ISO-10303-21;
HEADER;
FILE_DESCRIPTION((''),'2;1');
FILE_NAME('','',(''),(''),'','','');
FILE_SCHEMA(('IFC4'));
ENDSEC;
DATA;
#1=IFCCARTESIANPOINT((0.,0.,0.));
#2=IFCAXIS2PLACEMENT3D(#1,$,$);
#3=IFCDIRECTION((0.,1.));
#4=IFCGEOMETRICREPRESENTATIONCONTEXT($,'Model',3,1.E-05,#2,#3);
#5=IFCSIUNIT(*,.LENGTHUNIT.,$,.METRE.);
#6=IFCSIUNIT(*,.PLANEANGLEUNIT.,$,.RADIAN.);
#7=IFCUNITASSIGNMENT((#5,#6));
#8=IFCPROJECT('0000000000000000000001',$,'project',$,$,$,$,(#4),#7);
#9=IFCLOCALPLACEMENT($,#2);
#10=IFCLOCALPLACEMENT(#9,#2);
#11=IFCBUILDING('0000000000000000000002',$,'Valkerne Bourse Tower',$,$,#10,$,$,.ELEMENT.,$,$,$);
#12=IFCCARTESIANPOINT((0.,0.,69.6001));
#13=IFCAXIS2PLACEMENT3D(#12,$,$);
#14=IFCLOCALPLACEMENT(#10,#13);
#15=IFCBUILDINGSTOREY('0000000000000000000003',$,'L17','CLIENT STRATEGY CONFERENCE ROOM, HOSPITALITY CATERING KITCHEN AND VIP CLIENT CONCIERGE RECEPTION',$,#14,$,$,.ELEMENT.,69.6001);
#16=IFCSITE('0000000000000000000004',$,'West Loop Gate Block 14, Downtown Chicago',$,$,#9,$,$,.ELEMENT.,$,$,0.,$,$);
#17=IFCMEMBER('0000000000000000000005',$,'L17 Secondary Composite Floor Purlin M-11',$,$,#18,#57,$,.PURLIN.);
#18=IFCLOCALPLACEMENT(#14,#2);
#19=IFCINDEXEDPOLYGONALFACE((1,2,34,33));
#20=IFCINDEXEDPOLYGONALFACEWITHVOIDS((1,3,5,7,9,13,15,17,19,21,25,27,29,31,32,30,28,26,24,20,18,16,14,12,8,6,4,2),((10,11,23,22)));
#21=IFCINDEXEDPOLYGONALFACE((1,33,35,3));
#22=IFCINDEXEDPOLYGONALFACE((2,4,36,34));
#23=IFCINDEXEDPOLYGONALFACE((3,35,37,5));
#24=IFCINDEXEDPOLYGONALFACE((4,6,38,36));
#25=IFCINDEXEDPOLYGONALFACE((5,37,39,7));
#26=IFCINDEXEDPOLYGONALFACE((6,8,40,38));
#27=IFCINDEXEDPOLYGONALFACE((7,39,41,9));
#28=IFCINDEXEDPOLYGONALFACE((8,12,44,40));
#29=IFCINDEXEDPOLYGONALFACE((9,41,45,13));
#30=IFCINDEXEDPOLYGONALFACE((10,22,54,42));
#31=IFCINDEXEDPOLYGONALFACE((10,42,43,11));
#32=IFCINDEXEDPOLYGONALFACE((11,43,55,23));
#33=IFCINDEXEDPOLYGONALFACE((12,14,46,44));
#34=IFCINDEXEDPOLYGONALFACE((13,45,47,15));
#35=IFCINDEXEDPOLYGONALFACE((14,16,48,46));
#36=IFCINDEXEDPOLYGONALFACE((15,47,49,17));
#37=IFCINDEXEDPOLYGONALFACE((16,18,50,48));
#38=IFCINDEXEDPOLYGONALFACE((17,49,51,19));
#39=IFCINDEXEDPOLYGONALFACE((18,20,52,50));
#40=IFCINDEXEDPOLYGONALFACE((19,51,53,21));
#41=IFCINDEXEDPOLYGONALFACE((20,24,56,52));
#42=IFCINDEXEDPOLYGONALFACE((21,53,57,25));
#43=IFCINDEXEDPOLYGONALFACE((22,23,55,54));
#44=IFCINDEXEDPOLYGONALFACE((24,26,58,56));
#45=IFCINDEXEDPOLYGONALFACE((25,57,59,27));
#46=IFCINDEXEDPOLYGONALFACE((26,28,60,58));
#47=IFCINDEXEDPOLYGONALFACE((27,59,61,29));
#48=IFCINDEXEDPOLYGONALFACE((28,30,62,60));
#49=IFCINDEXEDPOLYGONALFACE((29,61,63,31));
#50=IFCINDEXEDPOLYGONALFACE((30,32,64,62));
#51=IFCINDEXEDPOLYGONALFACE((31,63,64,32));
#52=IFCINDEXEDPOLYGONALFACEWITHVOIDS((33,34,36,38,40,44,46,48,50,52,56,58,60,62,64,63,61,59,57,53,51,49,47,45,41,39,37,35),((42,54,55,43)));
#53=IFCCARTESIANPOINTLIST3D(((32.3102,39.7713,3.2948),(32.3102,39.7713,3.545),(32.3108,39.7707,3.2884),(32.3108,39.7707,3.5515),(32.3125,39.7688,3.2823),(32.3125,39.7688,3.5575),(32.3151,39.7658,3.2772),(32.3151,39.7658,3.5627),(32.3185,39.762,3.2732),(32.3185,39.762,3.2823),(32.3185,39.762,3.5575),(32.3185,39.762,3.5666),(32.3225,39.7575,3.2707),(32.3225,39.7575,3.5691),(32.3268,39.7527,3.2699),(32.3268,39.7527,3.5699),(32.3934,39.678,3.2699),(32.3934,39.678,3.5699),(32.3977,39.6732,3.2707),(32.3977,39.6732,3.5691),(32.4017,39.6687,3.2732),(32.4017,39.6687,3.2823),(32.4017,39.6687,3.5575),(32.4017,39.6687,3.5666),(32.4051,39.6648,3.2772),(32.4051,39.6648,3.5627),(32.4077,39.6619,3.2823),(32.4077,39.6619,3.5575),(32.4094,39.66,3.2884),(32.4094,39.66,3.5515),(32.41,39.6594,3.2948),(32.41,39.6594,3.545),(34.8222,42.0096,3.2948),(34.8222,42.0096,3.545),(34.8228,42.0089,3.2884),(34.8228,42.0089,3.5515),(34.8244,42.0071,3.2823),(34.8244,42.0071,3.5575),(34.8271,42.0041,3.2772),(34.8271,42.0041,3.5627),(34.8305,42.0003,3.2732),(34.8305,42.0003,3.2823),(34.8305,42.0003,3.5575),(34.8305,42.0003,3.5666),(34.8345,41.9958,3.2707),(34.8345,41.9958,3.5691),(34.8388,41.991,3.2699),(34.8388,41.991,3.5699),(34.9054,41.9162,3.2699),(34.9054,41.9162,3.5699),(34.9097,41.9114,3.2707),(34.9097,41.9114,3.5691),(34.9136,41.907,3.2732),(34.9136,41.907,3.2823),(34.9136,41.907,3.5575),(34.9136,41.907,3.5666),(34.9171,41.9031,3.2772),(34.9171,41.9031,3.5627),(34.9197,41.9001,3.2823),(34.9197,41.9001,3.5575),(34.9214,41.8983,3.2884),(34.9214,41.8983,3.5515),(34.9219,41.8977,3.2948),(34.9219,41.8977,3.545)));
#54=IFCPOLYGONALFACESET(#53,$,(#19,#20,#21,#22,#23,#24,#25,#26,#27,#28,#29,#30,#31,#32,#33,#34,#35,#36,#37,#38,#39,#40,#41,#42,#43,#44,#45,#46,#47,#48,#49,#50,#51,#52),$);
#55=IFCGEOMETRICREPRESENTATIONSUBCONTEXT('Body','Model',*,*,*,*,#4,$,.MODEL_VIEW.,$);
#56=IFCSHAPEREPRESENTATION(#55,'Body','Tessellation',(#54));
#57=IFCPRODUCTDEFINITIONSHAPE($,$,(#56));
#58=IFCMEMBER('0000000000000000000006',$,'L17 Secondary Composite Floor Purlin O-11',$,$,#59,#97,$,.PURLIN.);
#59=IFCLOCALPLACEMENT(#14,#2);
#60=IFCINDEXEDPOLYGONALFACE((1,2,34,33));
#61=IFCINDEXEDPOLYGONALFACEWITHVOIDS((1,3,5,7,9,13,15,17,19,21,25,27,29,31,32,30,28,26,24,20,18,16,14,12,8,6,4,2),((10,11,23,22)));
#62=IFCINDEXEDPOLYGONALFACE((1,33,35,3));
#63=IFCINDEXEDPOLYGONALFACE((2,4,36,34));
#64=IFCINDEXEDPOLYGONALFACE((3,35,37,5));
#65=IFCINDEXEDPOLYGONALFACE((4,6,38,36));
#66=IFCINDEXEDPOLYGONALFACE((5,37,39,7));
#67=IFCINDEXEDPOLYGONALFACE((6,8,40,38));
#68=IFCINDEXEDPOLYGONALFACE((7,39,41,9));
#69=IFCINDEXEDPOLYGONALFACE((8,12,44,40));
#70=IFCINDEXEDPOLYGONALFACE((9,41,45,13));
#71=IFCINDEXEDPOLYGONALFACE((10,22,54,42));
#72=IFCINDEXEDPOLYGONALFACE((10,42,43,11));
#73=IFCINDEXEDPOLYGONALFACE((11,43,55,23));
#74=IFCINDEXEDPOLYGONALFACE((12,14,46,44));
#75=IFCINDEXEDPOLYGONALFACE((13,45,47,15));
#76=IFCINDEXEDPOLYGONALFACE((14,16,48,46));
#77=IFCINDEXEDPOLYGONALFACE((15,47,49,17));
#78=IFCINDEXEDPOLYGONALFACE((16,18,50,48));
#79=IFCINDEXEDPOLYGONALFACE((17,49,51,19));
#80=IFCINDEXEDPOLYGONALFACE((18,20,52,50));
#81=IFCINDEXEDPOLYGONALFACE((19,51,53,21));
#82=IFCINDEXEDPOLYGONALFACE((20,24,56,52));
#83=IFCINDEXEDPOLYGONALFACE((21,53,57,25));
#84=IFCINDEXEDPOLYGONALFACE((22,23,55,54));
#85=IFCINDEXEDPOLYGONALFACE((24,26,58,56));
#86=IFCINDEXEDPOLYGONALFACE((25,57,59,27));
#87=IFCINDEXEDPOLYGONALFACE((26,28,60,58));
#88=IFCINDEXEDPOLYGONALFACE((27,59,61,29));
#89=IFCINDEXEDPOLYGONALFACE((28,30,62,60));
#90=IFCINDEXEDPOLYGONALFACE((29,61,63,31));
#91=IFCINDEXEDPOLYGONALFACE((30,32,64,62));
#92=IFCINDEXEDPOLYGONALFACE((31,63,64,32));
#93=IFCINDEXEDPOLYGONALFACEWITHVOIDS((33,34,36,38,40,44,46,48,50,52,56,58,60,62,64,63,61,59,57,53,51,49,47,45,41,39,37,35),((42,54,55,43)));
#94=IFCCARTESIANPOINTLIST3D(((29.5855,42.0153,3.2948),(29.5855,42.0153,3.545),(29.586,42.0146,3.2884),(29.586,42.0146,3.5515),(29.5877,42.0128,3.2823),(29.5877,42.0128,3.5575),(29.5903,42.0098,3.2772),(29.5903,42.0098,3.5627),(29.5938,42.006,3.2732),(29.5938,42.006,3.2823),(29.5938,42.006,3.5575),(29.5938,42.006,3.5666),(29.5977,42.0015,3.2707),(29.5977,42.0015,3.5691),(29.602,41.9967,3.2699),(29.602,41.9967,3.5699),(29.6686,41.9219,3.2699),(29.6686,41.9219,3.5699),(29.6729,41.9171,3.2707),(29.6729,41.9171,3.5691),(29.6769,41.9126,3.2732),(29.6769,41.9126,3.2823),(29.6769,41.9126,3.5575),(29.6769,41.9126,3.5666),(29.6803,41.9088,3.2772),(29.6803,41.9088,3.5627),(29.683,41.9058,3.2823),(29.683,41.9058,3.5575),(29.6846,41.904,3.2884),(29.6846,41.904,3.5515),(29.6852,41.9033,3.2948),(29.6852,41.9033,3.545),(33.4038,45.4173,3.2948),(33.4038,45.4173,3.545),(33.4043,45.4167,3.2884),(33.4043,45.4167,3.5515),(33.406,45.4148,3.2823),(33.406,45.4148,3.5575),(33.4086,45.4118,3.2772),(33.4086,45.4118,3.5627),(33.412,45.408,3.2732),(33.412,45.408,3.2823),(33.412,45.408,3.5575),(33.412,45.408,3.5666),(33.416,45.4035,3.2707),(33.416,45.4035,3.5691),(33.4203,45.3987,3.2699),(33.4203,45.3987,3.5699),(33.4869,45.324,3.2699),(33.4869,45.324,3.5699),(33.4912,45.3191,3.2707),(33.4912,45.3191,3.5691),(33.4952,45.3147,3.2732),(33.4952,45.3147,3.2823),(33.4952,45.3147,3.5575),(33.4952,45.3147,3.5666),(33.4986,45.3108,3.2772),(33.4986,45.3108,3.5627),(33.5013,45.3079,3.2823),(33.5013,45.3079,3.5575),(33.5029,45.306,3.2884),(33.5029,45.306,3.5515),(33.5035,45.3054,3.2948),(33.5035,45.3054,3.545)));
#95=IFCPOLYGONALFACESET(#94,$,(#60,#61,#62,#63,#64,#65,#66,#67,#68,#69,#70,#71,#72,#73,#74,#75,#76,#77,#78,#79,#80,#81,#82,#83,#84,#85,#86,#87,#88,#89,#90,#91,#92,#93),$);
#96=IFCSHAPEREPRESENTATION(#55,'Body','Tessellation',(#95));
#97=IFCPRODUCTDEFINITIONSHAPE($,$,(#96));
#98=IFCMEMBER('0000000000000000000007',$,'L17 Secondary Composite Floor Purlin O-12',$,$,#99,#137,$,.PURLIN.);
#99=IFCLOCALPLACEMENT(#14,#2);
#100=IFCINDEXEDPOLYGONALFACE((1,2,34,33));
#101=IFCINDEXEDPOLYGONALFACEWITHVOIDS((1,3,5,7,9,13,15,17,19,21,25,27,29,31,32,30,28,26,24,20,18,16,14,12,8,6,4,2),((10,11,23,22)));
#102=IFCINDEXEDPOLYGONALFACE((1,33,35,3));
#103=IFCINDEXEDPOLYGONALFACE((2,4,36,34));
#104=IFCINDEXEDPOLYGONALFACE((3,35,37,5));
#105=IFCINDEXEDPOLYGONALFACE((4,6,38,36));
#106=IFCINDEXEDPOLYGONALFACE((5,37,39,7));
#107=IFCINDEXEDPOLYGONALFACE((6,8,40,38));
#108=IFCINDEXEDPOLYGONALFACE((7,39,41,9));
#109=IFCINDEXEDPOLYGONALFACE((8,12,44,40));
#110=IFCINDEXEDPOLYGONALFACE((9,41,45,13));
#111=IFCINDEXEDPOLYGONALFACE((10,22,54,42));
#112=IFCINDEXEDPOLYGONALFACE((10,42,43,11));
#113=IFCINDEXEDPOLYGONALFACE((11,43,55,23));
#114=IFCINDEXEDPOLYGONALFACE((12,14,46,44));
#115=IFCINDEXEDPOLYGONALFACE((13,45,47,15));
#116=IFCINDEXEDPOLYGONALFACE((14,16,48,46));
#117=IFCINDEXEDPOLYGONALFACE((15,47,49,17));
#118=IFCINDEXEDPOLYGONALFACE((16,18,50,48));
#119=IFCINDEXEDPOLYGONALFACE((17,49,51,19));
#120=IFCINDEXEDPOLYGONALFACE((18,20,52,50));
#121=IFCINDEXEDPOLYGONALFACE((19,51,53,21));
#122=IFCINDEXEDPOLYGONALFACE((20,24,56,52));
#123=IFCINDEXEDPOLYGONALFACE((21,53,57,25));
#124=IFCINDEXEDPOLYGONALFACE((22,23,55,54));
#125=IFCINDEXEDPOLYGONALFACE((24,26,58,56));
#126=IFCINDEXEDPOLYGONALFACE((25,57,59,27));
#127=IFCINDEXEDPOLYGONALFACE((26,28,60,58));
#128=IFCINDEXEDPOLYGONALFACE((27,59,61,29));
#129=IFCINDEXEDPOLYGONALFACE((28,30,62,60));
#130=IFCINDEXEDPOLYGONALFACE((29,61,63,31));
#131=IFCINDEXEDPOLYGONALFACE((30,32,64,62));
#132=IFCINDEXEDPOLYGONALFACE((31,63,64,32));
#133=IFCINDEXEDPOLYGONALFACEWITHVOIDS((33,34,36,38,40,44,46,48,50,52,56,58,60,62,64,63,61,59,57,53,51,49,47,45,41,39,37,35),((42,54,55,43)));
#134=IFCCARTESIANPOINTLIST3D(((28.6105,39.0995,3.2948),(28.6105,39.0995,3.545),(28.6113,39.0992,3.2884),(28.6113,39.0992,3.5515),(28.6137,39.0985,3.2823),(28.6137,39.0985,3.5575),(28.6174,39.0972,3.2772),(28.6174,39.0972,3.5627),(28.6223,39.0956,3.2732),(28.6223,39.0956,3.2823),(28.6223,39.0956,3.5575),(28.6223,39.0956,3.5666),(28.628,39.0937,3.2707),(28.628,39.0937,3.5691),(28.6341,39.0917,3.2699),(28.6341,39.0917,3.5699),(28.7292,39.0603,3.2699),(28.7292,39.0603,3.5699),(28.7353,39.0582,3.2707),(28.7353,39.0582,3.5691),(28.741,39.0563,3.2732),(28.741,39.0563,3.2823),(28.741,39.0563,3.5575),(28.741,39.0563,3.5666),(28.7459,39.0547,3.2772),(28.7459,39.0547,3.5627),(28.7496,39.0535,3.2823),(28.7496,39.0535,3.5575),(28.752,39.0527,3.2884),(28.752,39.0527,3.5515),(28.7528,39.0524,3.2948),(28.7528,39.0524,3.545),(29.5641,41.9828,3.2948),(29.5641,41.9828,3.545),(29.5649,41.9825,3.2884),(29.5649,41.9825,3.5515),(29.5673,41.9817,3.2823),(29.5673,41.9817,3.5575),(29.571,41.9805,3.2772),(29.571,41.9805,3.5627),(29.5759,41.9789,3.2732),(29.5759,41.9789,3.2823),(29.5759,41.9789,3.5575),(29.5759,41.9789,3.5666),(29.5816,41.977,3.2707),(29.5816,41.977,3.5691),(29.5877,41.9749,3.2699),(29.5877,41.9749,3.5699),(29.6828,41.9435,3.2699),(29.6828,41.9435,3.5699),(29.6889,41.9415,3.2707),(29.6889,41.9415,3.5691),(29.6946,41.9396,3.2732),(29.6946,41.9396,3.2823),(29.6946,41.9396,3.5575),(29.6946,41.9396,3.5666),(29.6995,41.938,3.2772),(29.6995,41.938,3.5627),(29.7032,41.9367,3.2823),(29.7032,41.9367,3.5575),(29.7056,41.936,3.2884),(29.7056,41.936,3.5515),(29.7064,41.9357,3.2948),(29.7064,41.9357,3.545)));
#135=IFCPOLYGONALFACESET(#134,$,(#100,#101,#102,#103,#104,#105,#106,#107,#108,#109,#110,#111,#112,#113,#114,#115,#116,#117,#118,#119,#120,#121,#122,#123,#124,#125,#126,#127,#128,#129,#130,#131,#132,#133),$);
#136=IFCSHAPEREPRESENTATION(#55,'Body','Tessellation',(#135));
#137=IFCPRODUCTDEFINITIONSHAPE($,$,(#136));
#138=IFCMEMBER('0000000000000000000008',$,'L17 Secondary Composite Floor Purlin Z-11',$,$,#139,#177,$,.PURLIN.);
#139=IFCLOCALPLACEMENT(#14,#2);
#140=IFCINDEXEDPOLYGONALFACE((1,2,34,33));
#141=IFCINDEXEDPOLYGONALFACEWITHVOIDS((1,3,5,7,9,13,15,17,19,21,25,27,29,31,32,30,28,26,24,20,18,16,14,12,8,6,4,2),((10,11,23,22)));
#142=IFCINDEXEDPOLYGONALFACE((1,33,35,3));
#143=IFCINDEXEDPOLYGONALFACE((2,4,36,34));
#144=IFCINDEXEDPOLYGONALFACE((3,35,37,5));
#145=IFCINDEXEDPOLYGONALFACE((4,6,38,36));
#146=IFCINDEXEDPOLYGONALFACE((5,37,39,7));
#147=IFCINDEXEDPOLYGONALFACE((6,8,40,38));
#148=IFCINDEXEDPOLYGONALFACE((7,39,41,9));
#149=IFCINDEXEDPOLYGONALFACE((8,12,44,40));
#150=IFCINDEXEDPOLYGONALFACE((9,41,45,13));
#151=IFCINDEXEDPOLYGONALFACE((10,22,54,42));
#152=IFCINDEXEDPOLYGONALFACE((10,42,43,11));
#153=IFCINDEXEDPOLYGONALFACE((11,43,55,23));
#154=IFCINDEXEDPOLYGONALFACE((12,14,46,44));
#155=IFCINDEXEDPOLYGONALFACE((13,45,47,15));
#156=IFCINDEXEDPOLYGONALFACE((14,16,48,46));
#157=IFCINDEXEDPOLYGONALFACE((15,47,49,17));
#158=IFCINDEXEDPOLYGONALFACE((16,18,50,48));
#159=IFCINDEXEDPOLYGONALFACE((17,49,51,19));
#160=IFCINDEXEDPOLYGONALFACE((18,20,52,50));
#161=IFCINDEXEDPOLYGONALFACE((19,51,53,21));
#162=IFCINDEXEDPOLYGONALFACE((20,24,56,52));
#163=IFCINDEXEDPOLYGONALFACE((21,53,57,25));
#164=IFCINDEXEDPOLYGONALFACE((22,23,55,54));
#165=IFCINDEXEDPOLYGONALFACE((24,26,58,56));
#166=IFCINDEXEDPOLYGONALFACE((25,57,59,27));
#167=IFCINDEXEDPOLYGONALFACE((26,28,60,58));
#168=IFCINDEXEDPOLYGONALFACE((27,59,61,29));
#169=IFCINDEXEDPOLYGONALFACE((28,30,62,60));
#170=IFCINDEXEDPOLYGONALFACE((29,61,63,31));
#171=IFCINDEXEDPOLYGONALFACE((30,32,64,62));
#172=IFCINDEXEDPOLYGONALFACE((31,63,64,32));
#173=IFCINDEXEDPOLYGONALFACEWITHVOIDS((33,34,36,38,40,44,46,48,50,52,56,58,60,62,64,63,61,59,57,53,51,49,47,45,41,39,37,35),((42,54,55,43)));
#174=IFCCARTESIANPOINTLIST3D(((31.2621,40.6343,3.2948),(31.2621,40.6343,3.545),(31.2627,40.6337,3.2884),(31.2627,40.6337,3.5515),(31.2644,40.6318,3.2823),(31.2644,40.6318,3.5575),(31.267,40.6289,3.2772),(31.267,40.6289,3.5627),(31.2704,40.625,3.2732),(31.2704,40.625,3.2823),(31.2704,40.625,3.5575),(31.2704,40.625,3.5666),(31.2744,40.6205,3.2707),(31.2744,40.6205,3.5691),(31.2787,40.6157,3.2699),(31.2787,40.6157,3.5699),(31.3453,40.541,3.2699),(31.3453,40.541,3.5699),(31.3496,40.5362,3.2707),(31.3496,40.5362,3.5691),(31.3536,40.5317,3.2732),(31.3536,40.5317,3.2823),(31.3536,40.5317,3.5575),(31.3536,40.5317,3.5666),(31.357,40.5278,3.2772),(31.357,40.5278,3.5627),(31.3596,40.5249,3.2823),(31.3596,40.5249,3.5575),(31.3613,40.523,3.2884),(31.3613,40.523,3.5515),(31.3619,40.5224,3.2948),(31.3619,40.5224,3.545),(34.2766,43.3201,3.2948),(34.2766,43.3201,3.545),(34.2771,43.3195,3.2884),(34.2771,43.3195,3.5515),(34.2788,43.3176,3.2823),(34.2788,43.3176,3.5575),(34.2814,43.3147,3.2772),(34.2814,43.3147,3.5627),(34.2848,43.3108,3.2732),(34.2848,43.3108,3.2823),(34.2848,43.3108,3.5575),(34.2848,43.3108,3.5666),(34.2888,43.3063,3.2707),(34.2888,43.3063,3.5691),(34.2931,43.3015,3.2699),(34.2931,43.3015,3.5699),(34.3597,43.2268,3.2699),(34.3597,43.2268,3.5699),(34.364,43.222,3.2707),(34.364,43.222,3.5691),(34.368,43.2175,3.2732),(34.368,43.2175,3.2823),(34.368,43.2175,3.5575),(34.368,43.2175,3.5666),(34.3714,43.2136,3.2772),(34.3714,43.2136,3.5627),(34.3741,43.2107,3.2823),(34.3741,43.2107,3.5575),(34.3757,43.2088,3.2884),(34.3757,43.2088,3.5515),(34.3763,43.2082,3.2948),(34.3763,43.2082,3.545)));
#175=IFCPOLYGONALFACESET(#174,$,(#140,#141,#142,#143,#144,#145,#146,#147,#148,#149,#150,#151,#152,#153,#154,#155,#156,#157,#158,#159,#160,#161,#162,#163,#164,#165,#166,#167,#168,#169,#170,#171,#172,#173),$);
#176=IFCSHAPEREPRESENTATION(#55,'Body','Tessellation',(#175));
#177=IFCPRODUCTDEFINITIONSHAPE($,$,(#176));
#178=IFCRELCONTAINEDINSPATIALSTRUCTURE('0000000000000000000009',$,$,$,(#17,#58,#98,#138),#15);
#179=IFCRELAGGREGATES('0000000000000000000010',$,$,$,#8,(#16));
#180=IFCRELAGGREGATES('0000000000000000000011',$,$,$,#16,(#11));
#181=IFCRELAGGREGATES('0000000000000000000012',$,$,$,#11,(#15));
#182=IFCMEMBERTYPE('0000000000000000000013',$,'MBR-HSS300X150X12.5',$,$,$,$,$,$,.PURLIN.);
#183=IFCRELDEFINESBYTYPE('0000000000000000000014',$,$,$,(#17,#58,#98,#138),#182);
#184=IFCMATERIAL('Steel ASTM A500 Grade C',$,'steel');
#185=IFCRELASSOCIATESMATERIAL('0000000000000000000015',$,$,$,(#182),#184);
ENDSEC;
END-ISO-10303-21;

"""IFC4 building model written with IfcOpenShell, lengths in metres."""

from ifc_helpers import new_model, si_unit, direction, frame, origin, origin_2d, place, context, subcontext, project, spatial, hollow_rectangle, extrude, material, material_profile, profile_set, type_object, element, save


model = new_model("IFC4")

# Units and contexts
model_context = context("Model", 3, precision=1e-05, world=origin(), true_north=direction((0.0, 1.0)))
body_context = subcontext(model_context, "Body", "Model", "MODEL_VIEW")
ifc_project = project(units=[si_unit("LENGTHUNIT", "METRE"), si_unit("PLANEANGLEUNIT", "RADIAN")], contexts=[model_context])

# Site, building, storey
site_placement = place(None, origin())
site = spatial("IfcSite", under=ifc_project, at=site_placement, Name="West Loop Gate Block 14, Downtown Chicago", CompositionType="ELEMENT", RefElevation=0.0)
building_placement = place(site_placement, origin())
building = spatial("IfcBuilding", under=site, at=building_placement, Name="Valkerne Bourse Tower", CompositionType="ELEMENT")
storey_placement = place(building_placement, frame((0.0, 0.0, 69.6001)))
storey = spatial("IfcBuildingStorey", under=building, at=storey_placement, Name="L17", Description="CLIENT STRATEGY CONFERENCE ROOM, HOSPITALITY CATERING KITCHEN AND VIP CLIENT CONCIERGE RECEPTION", CompositionType="ELEMENT", Elevation=69.6001)

# Members
ifc_material_1 = material(Name="Steel ASTM A500 Grade C", Category="steel")
ifc_material_profile_1 = material_profile(ifc_material_1, hollow_rectangle(XDim=0.1499, YDim=0.3, WallThickness=0.0125, OuterFilletRadius=0.0249, at=origin_2d()), Name="HSS300X150X12.5")
ifc_profile_set_1 = profile_set([ifc_material_profile_1], Name="Steel ASTM A500 Grade C")
member_type_1 = type_object("IfcMemberType", Name="MBR-HSS300X150X12.5", PredefinedType="PURLIN", material=ifc_profile_set_1)
member_1_placement = place(storey_placement, frame((34.8721, 41.9536, 3.4199), z_axis=(-0.746608, -0.665264, 0.0), x_axis=(0.665264, -0.746608, 0.0)))
element("IfcMember", 1, at=member_1_placement, inside=storey, type_object=member_type_1, Name="L17 Secondary Composite Floor Purlin M-11", PredefinedType="PURLIN", context=body_context, shape_type="SweptSolid", body=[
    extrude(hollow_rectangle(XDim=0.1499, YDim=0.3, WallThickness=0.0125, OuterFilletRadius=0.0249, at=origin_2d()), origin(), (0.0, 0.0, 1.0), 3.3645),
])
member_2_placement = place(storey_placement, frame((33.4536, 45.3613, 3.4199), z_axis=(-0.746632, -0.665237, 0.0), x_axis=(0.665237, -0.746632, 0.0)))
element("IfcMember", 2, at=member_2_placement, inside=storey, type_object=member_type_1, Name="L17 Secondary Composite Floor Purlin O-11", PredefinedType="PURLIN", context=body_context, shape_type="SweptSolid", body=[
    extrude(hollow_rectangle(XDim=0.1499, YDim=0.3, WallThickness=0.0125, OuterFilletRadius=0.0249, at=origin_2d()), origin(), (0.0, 0.0, 1.0), 5.114),
])
member_3_placement = place(storey_placement, frame((29.6353, 41.9592, 3.4199), z_axis=(-0.314008, -0.94942, 0.0), x_axis=(0.94942, -0.314008, 0.0)))
element("IfcMember", 3, at=member_3_placement, inside=storey, type_object=member_type_1, Name="L17 Secondary Composite Floor Purlin O-12", PredefinedType="PURLIN", context=body_context, shape_type="SweptSolid", body=[
    extrude(hollow_rectangle(XDim=0.1499, YDim=0.3, WallThickness=0.0125, OuterFilletRadius=0.0249, at=origin_2d()), origin(), (0.0, 0.0, 1.0), 3.0369),
])
member_4_placement = place(storey_placement, frame((34.3264, 43.2642, 3.4199), z_axis=(-0.746631, -0.665238, 0.0), x_axis=(0.665238, -0.746631, 0.0)))
element("IfcMember", 4, at=member_4_placement, inside=storey, type_object=member_type_1, Name="L17 Secondary Composite Floor Purlin Z-11", PredefinedType="PURLIN", context=body_context, shape_type="SweptSolid", body=[
    extrude(hollow_rectangle(XDim=0.1499, YDim=0.3, WallThickness=0.0125, OuterFilletRadius=0.0249, at=origin_2d()), origin(), (0.0, 0.0, 1.0), 4.0374),
])

save(model, "model.ifc")
